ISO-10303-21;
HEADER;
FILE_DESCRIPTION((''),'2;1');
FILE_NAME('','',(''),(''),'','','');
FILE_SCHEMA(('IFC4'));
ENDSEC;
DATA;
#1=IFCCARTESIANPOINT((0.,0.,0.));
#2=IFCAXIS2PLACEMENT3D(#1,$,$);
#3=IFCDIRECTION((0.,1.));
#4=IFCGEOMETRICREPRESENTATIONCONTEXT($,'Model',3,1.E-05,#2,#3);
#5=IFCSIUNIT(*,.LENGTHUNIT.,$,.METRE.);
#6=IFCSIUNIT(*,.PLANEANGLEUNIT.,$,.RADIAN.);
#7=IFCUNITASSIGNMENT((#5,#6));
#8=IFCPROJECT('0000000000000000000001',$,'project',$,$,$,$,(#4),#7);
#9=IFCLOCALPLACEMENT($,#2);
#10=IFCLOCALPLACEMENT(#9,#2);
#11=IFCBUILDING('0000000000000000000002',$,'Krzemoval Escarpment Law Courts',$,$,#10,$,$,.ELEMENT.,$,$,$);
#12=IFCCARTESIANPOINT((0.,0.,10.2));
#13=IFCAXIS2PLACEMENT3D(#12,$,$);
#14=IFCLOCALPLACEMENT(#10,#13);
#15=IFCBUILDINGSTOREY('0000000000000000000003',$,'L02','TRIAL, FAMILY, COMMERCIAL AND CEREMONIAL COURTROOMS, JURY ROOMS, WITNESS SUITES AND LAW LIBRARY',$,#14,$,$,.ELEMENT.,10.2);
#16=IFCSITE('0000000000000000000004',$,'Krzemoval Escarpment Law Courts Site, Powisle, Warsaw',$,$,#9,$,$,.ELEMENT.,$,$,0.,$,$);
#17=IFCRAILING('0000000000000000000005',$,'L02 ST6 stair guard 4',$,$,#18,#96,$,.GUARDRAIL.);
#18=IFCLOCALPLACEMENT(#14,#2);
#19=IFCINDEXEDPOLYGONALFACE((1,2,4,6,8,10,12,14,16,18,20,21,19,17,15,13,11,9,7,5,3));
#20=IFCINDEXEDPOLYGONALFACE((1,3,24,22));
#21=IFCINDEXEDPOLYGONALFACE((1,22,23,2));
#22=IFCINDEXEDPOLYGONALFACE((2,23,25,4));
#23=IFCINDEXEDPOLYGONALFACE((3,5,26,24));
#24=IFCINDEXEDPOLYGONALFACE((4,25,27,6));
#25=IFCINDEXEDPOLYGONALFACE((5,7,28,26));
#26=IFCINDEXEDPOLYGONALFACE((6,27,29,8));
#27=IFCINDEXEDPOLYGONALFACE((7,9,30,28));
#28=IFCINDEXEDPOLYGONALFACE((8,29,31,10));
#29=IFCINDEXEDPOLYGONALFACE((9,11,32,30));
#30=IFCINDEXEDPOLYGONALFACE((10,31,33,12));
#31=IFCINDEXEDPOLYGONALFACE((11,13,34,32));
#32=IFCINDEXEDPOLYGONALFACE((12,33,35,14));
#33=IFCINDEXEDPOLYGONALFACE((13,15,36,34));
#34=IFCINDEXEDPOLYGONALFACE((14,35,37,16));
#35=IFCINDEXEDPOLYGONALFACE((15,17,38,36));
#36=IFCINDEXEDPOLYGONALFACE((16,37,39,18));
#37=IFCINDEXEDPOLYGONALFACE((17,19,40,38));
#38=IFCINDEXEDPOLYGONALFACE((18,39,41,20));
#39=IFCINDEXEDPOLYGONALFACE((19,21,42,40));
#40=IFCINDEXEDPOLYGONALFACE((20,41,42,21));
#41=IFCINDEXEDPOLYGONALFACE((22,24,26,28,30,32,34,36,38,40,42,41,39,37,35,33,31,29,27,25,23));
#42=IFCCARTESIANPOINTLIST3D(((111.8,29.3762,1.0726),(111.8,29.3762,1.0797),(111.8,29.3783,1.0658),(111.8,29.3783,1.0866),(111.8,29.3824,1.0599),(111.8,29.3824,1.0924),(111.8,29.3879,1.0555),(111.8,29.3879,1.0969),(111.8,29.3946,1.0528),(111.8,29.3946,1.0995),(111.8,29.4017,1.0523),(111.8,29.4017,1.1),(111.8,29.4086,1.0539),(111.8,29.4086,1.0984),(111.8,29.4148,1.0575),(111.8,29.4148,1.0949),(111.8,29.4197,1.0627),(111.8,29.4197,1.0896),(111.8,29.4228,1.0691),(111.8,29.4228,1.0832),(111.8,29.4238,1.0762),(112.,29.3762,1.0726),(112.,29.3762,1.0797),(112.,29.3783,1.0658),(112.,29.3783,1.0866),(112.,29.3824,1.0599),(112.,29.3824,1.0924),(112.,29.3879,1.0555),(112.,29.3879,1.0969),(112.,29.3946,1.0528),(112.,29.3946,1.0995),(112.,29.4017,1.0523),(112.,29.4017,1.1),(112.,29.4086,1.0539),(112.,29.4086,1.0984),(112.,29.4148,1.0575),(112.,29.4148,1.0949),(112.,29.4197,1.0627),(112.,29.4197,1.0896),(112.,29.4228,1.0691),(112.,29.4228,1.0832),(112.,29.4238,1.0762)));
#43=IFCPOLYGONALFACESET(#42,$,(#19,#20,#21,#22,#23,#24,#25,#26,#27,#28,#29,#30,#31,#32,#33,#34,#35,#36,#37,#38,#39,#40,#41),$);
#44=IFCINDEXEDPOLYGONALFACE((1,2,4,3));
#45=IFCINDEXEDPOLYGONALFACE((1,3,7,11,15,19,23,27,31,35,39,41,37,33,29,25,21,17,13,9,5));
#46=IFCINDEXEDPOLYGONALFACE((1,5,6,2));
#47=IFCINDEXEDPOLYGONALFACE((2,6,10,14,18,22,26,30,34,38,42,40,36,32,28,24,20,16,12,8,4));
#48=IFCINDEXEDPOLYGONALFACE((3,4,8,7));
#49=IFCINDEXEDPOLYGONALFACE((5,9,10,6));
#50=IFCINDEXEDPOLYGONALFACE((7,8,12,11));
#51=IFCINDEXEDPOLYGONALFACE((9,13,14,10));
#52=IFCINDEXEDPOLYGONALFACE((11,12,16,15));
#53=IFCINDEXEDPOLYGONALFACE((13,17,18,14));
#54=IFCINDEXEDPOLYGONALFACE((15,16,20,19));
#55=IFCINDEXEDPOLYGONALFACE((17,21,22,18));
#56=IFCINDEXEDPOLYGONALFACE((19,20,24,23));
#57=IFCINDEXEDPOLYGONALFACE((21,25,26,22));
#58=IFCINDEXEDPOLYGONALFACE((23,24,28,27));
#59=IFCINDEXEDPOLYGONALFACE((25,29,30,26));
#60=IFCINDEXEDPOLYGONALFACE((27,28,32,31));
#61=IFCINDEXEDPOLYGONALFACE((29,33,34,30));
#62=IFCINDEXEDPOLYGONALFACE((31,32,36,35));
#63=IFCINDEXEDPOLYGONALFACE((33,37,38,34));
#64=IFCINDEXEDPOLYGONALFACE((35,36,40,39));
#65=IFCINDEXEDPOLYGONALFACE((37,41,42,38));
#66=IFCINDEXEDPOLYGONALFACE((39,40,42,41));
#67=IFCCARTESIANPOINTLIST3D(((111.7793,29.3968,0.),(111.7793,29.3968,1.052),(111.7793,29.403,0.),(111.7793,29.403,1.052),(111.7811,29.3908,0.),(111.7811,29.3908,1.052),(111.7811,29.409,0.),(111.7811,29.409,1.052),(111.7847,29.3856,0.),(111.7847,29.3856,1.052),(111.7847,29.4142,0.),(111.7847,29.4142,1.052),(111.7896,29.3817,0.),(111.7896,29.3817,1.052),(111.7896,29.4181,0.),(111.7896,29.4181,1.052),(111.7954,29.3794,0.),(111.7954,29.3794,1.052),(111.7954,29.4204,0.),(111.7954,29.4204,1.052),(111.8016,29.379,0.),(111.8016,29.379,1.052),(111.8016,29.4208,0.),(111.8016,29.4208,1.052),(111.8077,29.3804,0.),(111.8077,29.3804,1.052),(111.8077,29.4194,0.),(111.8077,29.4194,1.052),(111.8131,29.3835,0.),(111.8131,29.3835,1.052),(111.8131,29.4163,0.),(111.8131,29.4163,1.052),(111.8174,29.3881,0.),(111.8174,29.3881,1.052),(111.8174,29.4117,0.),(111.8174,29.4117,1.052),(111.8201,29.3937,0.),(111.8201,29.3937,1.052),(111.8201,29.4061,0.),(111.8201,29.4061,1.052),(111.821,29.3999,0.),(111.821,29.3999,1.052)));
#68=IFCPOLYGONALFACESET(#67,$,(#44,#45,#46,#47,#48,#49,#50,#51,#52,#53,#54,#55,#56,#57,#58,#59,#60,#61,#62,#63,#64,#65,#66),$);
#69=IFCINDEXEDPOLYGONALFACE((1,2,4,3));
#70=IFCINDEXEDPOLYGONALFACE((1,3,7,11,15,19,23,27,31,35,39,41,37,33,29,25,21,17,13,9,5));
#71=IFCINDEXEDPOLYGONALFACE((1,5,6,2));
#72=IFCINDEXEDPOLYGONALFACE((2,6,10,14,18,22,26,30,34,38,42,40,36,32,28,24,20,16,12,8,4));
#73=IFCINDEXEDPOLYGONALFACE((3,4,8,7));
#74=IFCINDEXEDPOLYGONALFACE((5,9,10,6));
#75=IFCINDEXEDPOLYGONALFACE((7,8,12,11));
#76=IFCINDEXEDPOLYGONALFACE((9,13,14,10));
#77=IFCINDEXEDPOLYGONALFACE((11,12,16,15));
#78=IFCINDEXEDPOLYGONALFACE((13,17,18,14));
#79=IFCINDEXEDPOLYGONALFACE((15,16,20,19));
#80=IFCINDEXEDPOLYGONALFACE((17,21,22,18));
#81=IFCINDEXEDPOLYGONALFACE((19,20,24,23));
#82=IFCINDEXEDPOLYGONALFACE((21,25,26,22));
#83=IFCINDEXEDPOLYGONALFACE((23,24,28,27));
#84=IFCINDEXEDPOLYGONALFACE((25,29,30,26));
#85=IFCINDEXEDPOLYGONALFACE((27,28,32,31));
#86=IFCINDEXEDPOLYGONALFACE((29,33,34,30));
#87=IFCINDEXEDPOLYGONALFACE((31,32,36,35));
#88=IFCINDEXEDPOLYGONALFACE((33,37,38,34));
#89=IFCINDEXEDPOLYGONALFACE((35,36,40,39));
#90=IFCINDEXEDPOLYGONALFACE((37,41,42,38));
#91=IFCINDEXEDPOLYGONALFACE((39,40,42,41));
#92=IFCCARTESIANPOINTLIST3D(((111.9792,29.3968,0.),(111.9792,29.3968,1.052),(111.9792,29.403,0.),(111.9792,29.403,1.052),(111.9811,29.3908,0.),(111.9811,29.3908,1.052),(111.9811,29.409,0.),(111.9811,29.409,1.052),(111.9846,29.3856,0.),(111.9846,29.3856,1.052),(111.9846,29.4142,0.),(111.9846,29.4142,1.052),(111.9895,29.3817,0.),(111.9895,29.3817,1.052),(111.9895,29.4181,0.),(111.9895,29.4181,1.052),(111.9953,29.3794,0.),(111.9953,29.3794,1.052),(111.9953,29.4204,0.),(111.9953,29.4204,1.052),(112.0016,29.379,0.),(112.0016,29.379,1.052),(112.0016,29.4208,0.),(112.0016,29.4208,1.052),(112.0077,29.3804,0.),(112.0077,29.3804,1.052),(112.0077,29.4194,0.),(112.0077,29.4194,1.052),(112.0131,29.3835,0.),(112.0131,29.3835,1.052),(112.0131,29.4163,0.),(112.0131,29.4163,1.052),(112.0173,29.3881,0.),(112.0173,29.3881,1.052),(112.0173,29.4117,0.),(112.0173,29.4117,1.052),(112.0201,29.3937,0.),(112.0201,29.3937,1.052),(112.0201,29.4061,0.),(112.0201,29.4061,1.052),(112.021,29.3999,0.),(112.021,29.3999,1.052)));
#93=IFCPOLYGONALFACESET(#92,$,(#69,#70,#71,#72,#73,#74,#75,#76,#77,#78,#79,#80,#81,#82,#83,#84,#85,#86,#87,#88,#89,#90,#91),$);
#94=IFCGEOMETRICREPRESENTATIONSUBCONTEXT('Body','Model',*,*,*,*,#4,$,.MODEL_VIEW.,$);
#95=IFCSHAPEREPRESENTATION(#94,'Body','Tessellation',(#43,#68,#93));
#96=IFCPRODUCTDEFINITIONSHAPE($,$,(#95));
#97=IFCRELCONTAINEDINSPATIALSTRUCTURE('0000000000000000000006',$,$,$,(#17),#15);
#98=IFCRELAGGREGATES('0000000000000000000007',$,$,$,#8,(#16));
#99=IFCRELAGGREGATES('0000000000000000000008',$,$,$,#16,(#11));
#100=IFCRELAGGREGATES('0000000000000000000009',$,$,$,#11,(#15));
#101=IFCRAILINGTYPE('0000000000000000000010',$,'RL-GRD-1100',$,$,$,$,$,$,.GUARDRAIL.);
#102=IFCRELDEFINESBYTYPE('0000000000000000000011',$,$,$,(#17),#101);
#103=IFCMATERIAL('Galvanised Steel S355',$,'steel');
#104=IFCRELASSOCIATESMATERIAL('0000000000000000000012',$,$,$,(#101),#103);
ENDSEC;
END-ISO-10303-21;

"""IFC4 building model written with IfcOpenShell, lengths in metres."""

from ifc_helpers import new_model, si_unit, direction, frame, origin, origin_2d, place, context, subcontext, project, spatial, circle, extrude, material, type_object, element, save


model = new_model("IFC4")

# Units and contexts
model_context = context("Model", 3, precision=1e-05, world=origin(), true_north=direction((0.0, 1.0)))
body_context = subcontext(model_context, "Body", "Model", "MODEL_VIEW")
ifc_project = project(units=[si_unit("LENGTHUNIT", "METRE"), si_unit("PLANEANGLEUNIT", "RADIAN")], contexts=[model_context])

# Site, building, storey
site_placement = place(None, origin())
site = spatial("IfcSite", under=ifc_project, at=site_placement, Name="Krzemoval Escarpment Law Courts Site, Powisle, Warsaw", CompositionType="ELEMENT", RefElevation=0.0)
building_placement = place(site_placement, origin())
building = spatial("IfcBuilding", under=site, at=building_placement, Name="Krzemoval Escarpment Law Courts", CompositionType="ELEMENT")
storey_placement = place(building_placement, frame((0.0, 0.0, 10.2)))
storey = spatial("IfcBuildingStorey", under=building, at=storey_placement, Name="L02", Description="TRIAL, FAMILY, COMMERCIAL AND CEREMONIAL COURTROOMS, JURY ROOMS, WITNESS SUITES AND LAW LIBRARY", CompositionType="ELEMENT", Elevation=10.2)

# Railing
ifc_material_1 = material(Name="Galvanised Steel S355", Category="steel")
railing_type = type_object("IfcRailingType", Name="RL-GRD-1100", PredefinedType="GUARDRAIL", material=ifc_material_1)
railing_1_placement = place(storey_placement, frame((111.8, 29.3999, 0.0)))
element("IfcRailing", 1, at=railing_1_placement, inside=storey, type_object=railing_type, Name="L02 ST6 stair guard 4", PredefinedType="GUARDRAIL", context=body_context, shape_type="SweptSolid", body=[
    extrude(circle(Radius=0.0239, at=origin_2d()), frame((0.0, 0.0, 1.0762), z_axis=(1.0, 0.0, 0.0), x_axis=(0.0, 1.0, 0.0)), (0.0, 0.0, 1.0), 0.2),
    extrude(circle(Radius=0.021, at=origin_2d()), origin(), (0.0, 0.0, 1.0), 1.052),
    extrude(circle(Radius=0.021, at=origin_2d()), frame((0.2, 0.0, 0.0)), (0.0, 0.0, 1.0), 1.052),
])

save(model, "model.ifc")
